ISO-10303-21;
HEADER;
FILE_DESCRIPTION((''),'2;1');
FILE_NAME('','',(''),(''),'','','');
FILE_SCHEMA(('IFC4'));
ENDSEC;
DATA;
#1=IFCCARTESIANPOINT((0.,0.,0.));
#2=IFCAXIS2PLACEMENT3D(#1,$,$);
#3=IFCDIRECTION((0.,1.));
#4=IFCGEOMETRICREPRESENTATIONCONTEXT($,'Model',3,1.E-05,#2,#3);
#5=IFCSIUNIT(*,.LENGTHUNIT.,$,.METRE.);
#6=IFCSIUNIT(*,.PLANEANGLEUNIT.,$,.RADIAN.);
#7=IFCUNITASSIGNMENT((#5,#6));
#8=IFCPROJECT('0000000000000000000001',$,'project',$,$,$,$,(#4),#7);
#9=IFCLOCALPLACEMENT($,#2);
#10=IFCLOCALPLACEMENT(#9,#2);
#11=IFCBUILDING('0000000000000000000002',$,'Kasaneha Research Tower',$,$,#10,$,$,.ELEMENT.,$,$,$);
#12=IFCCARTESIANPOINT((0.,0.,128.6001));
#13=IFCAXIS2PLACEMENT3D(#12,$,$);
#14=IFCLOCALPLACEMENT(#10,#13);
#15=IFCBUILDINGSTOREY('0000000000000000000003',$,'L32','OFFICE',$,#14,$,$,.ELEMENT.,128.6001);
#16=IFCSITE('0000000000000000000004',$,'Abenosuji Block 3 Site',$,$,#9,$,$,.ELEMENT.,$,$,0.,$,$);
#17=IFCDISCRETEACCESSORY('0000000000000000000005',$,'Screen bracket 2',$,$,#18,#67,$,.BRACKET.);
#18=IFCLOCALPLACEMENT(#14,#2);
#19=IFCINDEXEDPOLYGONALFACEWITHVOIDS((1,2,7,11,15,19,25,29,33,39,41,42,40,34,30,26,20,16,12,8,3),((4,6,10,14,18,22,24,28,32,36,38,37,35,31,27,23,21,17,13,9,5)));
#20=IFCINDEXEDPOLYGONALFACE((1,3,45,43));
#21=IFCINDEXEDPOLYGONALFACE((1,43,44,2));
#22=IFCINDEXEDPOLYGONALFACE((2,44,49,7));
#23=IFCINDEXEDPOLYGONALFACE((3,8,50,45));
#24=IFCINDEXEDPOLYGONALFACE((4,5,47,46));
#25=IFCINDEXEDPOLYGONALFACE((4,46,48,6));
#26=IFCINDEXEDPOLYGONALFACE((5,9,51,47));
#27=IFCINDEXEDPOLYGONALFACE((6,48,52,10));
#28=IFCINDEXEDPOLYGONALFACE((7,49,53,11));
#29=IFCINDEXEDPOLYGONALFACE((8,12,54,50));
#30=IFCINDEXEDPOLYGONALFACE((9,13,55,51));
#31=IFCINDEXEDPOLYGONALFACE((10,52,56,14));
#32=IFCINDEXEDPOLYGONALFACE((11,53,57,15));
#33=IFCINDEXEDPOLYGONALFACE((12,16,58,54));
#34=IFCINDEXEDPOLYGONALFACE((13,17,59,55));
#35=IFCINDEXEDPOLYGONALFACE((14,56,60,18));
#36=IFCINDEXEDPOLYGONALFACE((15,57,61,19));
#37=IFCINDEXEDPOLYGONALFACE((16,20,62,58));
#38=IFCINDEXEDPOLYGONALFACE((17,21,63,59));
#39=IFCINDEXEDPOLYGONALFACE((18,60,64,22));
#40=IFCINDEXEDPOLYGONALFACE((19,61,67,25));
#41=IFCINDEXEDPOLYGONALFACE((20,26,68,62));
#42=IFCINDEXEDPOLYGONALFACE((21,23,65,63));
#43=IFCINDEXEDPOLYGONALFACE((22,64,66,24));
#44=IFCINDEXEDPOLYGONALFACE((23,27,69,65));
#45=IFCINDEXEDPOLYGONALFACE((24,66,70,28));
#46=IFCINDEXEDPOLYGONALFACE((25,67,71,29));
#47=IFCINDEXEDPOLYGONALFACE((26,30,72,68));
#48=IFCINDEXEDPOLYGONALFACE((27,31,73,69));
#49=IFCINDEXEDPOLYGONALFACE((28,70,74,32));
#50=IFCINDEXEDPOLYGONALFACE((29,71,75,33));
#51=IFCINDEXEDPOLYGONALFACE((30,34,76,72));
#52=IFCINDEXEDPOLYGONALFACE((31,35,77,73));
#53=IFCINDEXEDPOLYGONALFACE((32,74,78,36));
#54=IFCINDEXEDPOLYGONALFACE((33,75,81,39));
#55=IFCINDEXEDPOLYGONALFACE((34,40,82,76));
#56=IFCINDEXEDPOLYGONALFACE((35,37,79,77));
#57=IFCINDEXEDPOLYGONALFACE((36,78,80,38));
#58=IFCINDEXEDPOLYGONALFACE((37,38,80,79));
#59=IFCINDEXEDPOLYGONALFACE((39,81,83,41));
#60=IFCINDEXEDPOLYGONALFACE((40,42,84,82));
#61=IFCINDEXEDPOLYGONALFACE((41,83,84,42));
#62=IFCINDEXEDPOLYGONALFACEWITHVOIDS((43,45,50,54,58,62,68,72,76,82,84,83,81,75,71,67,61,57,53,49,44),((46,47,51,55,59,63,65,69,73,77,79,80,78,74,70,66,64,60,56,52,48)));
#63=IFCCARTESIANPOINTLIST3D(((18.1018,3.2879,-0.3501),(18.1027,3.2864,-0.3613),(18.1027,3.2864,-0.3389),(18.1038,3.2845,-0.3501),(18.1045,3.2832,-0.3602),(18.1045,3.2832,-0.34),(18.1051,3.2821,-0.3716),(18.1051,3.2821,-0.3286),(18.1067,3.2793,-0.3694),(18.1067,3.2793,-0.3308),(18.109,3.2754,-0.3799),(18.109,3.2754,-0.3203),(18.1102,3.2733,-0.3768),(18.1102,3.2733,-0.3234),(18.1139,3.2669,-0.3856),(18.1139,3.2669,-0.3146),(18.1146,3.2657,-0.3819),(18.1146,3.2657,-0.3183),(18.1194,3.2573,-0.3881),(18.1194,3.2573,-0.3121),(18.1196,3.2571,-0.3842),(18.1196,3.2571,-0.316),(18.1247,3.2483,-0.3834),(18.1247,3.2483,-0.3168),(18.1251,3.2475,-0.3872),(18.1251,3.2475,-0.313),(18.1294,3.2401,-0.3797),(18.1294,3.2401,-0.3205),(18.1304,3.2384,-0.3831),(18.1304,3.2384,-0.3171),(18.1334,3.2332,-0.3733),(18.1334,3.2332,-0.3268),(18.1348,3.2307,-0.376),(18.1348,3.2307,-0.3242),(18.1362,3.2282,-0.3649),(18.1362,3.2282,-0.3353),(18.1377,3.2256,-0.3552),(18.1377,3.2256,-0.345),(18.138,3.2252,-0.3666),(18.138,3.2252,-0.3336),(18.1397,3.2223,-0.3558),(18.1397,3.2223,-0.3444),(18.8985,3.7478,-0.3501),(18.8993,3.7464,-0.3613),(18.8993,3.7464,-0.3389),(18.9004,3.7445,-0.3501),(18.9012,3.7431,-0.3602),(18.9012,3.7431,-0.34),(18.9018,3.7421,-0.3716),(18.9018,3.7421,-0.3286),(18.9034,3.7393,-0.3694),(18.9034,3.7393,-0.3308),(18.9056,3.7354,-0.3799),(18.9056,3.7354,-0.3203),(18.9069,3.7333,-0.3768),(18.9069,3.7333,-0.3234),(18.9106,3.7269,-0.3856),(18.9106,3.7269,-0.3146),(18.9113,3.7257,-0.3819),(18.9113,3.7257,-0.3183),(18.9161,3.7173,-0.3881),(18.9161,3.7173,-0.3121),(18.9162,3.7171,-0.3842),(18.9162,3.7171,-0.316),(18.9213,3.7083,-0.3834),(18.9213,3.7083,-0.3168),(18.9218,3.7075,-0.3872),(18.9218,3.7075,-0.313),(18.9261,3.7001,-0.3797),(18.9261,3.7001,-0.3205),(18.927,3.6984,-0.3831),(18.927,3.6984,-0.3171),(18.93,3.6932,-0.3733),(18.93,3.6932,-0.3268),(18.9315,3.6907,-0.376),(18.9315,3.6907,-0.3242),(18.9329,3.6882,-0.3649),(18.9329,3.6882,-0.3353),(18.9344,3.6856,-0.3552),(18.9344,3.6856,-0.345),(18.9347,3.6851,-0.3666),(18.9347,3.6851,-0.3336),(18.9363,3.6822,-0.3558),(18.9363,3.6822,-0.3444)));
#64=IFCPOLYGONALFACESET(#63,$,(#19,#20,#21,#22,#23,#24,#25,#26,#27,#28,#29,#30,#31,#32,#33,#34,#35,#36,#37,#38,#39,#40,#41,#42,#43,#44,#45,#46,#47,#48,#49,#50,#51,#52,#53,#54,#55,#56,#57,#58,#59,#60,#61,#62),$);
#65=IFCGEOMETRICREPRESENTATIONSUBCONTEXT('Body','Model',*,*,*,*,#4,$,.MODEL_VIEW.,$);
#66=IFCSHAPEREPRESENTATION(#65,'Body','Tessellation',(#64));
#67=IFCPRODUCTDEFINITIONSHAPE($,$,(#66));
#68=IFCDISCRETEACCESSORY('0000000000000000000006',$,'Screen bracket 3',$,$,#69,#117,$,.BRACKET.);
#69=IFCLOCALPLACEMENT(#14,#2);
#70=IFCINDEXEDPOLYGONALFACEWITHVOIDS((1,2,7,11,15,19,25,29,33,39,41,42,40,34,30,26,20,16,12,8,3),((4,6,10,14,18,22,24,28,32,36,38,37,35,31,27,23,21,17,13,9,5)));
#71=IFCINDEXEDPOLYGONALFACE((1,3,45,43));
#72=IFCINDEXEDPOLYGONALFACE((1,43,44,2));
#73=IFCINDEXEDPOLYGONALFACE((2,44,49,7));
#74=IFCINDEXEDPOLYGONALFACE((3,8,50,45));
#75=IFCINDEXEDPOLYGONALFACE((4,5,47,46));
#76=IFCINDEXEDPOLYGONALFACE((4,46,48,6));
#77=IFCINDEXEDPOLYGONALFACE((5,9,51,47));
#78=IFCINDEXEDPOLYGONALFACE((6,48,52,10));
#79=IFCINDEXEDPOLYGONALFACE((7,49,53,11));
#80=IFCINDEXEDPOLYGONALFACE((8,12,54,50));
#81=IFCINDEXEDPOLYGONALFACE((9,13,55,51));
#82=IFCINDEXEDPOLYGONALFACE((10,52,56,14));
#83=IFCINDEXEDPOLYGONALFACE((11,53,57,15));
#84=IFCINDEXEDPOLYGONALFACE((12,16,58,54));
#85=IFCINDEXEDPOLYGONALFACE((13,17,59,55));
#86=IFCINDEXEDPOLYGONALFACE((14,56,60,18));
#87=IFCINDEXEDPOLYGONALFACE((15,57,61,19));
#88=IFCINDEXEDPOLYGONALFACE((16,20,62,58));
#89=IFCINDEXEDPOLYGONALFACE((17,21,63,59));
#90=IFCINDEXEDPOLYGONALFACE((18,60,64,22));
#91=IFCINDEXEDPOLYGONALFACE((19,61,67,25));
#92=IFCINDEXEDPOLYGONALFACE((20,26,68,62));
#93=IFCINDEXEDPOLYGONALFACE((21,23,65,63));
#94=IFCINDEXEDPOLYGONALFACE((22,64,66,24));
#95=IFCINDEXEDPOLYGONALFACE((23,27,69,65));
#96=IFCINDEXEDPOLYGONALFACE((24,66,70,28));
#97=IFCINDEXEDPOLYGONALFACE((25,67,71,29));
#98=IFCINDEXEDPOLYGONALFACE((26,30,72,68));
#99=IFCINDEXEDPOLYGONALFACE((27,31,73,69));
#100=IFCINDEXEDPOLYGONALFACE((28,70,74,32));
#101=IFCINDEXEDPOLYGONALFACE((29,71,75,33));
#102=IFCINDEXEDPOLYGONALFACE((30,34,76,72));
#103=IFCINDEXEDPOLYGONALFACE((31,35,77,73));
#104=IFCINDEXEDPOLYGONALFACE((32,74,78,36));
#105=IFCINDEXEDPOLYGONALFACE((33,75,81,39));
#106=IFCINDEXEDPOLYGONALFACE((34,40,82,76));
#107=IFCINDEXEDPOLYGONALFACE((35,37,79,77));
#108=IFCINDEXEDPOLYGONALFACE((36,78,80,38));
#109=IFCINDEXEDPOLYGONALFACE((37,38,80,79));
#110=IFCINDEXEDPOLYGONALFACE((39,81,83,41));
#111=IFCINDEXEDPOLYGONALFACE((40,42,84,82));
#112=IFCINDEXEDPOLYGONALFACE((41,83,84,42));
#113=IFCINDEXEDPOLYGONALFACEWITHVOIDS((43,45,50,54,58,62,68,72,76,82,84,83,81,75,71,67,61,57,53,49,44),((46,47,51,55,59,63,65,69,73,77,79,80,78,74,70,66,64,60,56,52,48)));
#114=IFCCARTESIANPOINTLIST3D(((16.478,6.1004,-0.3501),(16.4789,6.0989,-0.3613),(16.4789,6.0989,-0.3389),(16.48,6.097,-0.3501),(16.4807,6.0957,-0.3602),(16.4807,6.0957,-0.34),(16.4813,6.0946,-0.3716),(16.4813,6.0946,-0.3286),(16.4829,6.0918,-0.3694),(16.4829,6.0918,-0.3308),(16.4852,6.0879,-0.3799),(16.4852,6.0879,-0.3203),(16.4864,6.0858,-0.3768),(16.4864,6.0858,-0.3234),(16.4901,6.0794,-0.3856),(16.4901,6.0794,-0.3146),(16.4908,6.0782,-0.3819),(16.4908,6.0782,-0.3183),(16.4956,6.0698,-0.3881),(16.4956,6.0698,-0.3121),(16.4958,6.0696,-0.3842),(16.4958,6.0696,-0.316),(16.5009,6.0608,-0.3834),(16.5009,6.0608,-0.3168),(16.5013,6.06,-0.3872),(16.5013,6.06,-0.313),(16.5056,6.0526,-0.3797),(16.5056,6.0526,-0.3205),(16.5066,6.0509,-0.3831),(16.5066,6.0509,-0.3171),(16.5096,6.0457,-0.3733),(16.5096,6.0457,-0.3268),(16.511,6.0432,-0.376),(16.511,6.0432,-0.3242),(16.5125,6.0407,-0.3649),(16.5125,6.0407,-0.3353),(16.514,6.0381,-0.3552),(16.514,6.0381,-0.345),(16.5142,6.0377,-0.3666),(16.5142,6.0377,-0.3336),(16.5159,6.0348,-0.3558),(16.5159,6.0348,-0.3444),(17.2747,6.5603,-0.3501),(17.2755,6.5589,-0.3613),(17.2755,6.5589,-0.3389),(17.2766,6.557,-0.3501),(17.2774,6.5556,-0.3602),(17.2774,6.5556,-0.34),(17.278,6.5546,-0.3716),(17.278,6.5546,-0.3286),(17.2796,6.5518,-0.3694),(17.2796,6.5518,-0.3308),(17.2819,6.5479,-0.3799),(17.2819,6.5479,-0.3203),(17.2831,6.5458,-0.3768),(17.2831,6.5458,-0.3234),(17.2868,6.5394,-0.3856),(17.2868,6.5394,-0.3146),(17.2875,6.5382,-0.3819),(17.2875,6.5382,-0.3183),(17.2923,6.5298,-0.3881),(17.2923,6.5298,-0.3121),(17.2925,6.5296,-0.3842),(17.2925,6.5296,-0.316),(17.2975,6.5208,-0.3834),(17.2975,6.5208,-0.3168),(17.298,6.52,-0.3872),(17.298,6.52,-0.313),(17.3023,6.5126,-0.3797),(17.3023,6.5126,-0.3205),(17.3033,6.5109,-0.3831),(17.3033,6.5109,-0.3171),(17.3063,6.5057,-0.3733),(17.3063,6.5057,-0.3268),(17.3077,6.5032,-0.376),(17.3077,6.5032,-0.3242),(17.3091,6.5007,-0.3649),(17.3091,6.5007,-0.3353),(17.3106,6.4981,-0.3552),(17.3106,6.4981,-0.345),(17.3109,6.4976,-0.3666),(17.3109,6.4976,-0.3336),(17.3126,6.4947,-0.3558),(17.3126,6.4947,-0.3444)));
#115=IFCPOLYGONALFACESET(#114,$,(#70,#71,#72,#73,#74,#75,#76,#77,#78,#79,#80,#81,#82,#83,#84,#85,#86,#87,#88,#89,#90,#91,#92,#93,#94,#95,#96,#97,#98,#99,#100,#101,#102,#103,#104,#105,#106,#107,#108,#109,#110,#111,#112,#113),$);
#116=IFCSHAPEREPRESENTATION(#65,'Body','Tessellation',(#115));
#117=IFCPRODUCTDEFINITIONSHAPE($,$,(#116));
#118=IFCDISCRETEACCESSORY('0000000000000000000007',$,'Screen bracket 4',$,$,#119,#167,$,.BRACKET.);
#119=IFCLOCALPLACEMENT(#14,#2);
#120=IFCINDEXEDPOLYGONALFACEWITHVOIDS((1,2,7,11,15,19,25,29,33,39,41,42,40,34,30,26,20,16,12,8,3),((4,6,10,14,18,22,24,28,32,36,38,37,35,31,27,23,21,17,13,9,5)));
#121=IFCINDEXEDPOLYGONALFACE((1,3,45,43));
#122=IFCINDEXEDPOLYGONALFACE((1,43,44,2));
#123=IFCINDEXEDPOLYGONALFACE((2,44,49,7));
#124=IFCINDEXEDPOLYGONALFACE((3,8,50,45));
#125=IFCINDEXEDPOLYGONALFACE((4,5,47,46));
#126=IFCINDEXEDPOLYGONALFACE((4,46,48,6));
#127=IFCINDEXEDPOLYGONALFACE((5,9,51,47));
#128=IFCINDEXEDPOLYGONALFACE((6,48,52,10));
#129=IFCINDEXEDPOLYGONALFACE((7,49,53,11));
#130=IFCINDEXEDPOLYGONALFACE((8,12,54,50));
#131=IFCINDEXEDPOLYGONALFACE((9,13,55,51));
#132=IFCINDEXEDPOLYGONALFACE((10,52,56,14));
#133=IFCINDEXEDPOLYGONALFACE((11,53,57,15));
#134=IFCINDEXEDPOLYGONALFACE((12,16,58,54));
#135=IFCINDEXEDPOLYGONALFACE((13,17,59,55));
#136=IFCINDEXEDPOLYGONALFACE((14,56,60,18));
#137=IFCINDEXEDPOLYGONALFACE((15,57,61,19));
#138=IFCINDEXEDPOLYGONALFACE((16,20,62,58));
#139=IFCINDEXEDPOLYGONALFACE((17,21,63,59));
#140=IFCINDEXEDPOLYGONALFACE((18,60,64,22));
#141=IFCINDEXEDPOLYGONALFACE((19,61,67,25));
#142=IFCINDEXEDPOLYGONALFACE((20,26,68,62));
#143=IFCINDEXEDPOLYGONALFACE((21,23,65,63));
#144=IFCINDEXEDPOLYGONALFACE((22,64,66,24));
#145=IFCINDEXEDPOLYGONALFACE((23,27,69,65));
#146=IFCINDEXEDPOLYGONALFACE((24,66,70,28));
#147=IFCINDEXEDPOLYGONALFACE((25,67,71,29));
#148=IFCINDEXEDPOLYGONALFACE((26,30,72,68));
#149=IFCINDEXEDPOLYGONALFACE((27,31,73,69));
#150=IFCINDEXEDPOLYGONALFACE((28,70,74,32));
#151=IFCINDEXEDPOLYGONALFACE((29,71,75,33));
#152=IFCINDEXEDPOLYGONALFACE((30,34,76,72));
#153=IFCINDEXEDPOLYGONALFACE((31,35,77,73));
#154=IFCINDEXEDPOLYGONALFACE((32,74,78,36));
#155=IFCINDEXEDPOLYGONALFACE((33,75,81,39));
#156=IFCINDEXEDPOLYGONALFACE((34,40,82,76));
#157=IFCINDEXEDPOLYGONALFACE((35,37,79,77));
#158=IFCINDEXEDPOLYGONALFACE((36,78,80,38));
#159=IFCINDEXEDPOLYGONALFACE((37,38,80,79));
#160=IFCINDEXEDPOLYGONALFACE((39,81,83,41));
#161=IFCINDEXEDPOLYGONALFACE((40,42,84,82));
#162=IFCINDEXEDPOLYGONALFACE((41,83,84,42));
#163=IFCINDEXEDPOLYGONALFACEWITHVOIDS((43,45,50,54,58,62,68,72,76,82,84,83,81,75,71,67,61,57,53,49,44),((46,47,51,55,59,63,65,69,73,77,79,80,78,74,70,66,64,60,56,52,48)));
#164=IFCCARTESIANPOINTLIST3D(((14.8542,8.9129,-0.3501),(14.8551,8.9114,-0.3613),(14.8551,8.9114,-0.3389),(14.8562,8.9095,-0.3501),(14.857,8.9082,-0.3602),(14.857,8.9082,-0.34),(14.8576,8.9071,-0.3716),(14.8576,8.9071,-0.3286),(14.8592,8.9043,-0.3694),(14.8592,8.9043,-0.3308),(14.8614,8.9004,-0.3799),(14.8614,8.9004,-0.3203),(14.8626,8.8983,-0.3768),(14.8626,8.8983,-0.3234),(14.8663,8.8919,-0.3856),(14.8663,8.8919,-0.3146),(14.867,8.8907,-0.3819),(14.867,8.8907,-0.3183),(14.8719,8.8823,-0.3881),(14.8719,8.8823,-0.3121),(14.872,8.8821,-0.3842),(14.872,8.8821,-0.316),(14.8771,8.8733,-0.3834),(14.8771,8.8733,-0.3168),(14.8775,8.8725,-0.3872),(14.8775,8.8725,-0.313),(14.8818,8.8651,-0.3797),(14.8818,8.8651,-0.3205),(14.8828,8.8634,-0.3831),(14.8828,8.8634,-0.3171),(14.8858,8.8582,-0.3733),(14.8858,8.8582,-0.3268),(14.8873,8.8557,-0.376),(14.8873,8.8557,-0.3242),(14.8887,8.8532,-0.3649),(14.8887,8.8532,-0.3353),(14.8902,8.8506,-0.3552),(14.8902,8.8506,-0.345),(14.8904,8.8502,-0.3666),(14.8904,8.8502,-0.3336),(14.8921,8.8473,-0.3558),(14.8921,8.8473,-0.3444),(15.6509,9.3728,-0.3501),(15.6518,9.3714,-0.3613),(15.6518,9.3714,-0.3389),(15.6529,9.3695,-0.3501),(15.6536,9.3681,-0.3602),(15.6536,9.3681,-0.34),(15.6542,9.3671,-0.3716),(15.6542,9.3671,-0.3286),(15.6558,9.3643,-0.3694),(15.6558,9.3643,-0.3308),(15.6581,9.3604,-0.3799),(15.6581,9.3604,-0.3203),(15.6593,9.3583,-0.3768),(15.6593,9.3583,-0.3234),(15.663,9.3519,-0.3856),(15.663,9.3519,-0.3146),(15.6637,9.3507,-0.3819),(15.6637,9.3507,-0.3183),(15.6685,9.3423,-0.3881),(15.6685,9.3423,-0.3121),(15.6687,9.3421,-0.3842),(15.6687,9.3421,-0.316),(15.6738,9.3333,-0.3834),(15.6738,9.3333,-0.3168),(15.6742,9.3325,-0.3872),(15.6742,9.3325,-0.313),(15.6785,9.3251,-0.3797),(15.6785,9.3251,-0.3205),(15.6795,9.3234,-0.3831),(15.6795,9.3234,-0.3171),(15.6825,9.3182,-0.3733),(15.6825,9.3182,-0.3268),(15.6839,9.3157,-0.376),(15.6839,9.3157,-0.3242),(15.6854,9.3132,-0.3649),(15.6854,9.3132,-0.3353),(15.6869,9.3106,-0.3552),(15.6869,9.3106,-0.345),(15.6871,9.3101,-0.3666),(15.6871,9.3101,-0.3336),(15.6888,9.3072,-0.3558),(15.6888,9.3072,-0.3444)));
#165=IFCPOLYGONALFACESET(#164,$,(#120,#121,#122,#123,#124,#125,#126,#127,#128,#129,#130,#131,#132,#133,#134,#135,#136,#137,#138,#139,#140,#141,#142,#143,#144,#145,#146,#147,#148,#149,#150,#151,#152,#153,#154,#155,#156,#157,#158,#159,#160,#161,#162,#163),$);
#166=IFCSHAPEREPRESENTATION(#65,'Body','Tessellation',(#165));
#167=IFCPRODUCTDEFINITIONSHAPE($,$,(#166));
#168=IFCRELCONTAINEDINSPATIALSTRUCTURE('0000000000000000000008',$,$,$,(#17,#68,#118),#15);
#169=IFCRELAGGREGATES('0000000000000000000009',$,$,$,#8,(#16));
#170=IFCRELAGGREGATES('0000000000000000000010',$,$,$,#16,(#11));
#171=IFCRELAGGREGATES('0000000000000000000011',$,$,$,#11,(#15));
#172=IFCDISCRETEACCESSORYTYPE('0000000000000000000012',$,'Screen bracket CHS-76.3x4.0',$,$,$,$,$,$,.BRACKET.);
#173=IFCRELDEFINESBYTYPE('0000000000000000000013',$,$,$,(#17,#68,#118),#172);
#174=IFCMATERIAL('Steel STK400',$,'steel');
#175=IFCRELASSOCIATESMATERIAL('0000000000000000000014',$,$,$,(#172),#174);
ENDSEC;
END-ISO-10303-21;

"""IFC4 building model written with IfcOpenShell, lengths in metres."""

from ifc_helpers import new_model, si_unit, direction, frame, origin, origin_2d, place, context, subcontext, project, spatial, hollow_circle, extrude, material, material_profile, profile_set, type_object, element, save


model = new_model("IFC4")

# Units and contexts
model_context = context("Model", 3, precision=1e-05, world=origin(), true_north=direction((0.0, 1.0)))
body_context = subcontext(model_context, "Body", "Model", "MODEL_VIEW")
ifc_project = project(units=[si_unit("LENGTHUNIT", "METRE"), si_unit("PLANEANGLEUNIT", "RADIAN")], contexts=[model_context])

# Site, building, storey
site_placement = place(None, origin())
site = spatial("IfcSite", under=ifc_project, at=site_placement, Name="Abenosuji Block 3 Site", CompositionType="ELEMENT", RefElevation=0.0)
building_placement = place(site_placement, origin())
building = spatial("IfcBuilding", under=site, at=building_placement, Name="Kasaneha Research Tower", CompositionType="ELEMENT")
storey_placement = place(building_placement, frame((0.0, 0.0, 128.6001)))
storey = spatial("IfcBuildingStorey", under=building, at=storey_placement, Name="L32", Description="OFFICE", CompositionType="ELEMENT", Elevation=128.6001)

# Discrete accessories
ifc_material_1 = material(Name="Steel STK400", Category="steel")
ifc_material_profile_1 = material_profile(ifc_material_1, hollow_circle(Radius=0.0381, WallThickness=0.0039, at=origin_2d()), Name="CHS-76.3x4.0")
ifc_profile_set_1 = profile_set([ifc_material_profile_1], Name="Steel STK400")
discrete_accessory_type = type_object("IfcDiscreteAccessoryType", Name="Screen bracket CHS-76.3x4.0", PredefinedType="BRACKET", material=ifc_profile_set_1)
for number, where, z_axis, x_axis, name in (
    (1, (18.1208, 3.2549, -0.3501), (0.866013, 0.500021, 0.0), (-0.500021, 0.866013, 0.0), "Screen bracket 2"),
    (2, (16.4971, 6.0674, -0.3501), (0.866013, 0.500021, 0.0), (-0.500021, 0.866013, 0.0), "Screen bracket 3"),
    (3, (14.8733, 8.8799, -0.3501), (0.866013, 0.500021, 0.0), (-0.500021, 0.866013, 0.0), "Screen bracket 4"),
):
    element("IfcDiscreteAccessory", number, at=place(storey_placement, frame(where, z_axis=z_axis, x_axis=x_axis)), inside=storey, type_object=discrete_accessory_type, Name=name, PredefinedType="BRACKET", context=body_context, shape_type="SweptSolid", body=[
        extrude(hollow_circle(Radius=0.0381, WallThickness=0.0039, at=origin_2d()), origin(), (0.0, 0.0, 1.0), 0.9199),
    ])

save(model, "model.ifc")
